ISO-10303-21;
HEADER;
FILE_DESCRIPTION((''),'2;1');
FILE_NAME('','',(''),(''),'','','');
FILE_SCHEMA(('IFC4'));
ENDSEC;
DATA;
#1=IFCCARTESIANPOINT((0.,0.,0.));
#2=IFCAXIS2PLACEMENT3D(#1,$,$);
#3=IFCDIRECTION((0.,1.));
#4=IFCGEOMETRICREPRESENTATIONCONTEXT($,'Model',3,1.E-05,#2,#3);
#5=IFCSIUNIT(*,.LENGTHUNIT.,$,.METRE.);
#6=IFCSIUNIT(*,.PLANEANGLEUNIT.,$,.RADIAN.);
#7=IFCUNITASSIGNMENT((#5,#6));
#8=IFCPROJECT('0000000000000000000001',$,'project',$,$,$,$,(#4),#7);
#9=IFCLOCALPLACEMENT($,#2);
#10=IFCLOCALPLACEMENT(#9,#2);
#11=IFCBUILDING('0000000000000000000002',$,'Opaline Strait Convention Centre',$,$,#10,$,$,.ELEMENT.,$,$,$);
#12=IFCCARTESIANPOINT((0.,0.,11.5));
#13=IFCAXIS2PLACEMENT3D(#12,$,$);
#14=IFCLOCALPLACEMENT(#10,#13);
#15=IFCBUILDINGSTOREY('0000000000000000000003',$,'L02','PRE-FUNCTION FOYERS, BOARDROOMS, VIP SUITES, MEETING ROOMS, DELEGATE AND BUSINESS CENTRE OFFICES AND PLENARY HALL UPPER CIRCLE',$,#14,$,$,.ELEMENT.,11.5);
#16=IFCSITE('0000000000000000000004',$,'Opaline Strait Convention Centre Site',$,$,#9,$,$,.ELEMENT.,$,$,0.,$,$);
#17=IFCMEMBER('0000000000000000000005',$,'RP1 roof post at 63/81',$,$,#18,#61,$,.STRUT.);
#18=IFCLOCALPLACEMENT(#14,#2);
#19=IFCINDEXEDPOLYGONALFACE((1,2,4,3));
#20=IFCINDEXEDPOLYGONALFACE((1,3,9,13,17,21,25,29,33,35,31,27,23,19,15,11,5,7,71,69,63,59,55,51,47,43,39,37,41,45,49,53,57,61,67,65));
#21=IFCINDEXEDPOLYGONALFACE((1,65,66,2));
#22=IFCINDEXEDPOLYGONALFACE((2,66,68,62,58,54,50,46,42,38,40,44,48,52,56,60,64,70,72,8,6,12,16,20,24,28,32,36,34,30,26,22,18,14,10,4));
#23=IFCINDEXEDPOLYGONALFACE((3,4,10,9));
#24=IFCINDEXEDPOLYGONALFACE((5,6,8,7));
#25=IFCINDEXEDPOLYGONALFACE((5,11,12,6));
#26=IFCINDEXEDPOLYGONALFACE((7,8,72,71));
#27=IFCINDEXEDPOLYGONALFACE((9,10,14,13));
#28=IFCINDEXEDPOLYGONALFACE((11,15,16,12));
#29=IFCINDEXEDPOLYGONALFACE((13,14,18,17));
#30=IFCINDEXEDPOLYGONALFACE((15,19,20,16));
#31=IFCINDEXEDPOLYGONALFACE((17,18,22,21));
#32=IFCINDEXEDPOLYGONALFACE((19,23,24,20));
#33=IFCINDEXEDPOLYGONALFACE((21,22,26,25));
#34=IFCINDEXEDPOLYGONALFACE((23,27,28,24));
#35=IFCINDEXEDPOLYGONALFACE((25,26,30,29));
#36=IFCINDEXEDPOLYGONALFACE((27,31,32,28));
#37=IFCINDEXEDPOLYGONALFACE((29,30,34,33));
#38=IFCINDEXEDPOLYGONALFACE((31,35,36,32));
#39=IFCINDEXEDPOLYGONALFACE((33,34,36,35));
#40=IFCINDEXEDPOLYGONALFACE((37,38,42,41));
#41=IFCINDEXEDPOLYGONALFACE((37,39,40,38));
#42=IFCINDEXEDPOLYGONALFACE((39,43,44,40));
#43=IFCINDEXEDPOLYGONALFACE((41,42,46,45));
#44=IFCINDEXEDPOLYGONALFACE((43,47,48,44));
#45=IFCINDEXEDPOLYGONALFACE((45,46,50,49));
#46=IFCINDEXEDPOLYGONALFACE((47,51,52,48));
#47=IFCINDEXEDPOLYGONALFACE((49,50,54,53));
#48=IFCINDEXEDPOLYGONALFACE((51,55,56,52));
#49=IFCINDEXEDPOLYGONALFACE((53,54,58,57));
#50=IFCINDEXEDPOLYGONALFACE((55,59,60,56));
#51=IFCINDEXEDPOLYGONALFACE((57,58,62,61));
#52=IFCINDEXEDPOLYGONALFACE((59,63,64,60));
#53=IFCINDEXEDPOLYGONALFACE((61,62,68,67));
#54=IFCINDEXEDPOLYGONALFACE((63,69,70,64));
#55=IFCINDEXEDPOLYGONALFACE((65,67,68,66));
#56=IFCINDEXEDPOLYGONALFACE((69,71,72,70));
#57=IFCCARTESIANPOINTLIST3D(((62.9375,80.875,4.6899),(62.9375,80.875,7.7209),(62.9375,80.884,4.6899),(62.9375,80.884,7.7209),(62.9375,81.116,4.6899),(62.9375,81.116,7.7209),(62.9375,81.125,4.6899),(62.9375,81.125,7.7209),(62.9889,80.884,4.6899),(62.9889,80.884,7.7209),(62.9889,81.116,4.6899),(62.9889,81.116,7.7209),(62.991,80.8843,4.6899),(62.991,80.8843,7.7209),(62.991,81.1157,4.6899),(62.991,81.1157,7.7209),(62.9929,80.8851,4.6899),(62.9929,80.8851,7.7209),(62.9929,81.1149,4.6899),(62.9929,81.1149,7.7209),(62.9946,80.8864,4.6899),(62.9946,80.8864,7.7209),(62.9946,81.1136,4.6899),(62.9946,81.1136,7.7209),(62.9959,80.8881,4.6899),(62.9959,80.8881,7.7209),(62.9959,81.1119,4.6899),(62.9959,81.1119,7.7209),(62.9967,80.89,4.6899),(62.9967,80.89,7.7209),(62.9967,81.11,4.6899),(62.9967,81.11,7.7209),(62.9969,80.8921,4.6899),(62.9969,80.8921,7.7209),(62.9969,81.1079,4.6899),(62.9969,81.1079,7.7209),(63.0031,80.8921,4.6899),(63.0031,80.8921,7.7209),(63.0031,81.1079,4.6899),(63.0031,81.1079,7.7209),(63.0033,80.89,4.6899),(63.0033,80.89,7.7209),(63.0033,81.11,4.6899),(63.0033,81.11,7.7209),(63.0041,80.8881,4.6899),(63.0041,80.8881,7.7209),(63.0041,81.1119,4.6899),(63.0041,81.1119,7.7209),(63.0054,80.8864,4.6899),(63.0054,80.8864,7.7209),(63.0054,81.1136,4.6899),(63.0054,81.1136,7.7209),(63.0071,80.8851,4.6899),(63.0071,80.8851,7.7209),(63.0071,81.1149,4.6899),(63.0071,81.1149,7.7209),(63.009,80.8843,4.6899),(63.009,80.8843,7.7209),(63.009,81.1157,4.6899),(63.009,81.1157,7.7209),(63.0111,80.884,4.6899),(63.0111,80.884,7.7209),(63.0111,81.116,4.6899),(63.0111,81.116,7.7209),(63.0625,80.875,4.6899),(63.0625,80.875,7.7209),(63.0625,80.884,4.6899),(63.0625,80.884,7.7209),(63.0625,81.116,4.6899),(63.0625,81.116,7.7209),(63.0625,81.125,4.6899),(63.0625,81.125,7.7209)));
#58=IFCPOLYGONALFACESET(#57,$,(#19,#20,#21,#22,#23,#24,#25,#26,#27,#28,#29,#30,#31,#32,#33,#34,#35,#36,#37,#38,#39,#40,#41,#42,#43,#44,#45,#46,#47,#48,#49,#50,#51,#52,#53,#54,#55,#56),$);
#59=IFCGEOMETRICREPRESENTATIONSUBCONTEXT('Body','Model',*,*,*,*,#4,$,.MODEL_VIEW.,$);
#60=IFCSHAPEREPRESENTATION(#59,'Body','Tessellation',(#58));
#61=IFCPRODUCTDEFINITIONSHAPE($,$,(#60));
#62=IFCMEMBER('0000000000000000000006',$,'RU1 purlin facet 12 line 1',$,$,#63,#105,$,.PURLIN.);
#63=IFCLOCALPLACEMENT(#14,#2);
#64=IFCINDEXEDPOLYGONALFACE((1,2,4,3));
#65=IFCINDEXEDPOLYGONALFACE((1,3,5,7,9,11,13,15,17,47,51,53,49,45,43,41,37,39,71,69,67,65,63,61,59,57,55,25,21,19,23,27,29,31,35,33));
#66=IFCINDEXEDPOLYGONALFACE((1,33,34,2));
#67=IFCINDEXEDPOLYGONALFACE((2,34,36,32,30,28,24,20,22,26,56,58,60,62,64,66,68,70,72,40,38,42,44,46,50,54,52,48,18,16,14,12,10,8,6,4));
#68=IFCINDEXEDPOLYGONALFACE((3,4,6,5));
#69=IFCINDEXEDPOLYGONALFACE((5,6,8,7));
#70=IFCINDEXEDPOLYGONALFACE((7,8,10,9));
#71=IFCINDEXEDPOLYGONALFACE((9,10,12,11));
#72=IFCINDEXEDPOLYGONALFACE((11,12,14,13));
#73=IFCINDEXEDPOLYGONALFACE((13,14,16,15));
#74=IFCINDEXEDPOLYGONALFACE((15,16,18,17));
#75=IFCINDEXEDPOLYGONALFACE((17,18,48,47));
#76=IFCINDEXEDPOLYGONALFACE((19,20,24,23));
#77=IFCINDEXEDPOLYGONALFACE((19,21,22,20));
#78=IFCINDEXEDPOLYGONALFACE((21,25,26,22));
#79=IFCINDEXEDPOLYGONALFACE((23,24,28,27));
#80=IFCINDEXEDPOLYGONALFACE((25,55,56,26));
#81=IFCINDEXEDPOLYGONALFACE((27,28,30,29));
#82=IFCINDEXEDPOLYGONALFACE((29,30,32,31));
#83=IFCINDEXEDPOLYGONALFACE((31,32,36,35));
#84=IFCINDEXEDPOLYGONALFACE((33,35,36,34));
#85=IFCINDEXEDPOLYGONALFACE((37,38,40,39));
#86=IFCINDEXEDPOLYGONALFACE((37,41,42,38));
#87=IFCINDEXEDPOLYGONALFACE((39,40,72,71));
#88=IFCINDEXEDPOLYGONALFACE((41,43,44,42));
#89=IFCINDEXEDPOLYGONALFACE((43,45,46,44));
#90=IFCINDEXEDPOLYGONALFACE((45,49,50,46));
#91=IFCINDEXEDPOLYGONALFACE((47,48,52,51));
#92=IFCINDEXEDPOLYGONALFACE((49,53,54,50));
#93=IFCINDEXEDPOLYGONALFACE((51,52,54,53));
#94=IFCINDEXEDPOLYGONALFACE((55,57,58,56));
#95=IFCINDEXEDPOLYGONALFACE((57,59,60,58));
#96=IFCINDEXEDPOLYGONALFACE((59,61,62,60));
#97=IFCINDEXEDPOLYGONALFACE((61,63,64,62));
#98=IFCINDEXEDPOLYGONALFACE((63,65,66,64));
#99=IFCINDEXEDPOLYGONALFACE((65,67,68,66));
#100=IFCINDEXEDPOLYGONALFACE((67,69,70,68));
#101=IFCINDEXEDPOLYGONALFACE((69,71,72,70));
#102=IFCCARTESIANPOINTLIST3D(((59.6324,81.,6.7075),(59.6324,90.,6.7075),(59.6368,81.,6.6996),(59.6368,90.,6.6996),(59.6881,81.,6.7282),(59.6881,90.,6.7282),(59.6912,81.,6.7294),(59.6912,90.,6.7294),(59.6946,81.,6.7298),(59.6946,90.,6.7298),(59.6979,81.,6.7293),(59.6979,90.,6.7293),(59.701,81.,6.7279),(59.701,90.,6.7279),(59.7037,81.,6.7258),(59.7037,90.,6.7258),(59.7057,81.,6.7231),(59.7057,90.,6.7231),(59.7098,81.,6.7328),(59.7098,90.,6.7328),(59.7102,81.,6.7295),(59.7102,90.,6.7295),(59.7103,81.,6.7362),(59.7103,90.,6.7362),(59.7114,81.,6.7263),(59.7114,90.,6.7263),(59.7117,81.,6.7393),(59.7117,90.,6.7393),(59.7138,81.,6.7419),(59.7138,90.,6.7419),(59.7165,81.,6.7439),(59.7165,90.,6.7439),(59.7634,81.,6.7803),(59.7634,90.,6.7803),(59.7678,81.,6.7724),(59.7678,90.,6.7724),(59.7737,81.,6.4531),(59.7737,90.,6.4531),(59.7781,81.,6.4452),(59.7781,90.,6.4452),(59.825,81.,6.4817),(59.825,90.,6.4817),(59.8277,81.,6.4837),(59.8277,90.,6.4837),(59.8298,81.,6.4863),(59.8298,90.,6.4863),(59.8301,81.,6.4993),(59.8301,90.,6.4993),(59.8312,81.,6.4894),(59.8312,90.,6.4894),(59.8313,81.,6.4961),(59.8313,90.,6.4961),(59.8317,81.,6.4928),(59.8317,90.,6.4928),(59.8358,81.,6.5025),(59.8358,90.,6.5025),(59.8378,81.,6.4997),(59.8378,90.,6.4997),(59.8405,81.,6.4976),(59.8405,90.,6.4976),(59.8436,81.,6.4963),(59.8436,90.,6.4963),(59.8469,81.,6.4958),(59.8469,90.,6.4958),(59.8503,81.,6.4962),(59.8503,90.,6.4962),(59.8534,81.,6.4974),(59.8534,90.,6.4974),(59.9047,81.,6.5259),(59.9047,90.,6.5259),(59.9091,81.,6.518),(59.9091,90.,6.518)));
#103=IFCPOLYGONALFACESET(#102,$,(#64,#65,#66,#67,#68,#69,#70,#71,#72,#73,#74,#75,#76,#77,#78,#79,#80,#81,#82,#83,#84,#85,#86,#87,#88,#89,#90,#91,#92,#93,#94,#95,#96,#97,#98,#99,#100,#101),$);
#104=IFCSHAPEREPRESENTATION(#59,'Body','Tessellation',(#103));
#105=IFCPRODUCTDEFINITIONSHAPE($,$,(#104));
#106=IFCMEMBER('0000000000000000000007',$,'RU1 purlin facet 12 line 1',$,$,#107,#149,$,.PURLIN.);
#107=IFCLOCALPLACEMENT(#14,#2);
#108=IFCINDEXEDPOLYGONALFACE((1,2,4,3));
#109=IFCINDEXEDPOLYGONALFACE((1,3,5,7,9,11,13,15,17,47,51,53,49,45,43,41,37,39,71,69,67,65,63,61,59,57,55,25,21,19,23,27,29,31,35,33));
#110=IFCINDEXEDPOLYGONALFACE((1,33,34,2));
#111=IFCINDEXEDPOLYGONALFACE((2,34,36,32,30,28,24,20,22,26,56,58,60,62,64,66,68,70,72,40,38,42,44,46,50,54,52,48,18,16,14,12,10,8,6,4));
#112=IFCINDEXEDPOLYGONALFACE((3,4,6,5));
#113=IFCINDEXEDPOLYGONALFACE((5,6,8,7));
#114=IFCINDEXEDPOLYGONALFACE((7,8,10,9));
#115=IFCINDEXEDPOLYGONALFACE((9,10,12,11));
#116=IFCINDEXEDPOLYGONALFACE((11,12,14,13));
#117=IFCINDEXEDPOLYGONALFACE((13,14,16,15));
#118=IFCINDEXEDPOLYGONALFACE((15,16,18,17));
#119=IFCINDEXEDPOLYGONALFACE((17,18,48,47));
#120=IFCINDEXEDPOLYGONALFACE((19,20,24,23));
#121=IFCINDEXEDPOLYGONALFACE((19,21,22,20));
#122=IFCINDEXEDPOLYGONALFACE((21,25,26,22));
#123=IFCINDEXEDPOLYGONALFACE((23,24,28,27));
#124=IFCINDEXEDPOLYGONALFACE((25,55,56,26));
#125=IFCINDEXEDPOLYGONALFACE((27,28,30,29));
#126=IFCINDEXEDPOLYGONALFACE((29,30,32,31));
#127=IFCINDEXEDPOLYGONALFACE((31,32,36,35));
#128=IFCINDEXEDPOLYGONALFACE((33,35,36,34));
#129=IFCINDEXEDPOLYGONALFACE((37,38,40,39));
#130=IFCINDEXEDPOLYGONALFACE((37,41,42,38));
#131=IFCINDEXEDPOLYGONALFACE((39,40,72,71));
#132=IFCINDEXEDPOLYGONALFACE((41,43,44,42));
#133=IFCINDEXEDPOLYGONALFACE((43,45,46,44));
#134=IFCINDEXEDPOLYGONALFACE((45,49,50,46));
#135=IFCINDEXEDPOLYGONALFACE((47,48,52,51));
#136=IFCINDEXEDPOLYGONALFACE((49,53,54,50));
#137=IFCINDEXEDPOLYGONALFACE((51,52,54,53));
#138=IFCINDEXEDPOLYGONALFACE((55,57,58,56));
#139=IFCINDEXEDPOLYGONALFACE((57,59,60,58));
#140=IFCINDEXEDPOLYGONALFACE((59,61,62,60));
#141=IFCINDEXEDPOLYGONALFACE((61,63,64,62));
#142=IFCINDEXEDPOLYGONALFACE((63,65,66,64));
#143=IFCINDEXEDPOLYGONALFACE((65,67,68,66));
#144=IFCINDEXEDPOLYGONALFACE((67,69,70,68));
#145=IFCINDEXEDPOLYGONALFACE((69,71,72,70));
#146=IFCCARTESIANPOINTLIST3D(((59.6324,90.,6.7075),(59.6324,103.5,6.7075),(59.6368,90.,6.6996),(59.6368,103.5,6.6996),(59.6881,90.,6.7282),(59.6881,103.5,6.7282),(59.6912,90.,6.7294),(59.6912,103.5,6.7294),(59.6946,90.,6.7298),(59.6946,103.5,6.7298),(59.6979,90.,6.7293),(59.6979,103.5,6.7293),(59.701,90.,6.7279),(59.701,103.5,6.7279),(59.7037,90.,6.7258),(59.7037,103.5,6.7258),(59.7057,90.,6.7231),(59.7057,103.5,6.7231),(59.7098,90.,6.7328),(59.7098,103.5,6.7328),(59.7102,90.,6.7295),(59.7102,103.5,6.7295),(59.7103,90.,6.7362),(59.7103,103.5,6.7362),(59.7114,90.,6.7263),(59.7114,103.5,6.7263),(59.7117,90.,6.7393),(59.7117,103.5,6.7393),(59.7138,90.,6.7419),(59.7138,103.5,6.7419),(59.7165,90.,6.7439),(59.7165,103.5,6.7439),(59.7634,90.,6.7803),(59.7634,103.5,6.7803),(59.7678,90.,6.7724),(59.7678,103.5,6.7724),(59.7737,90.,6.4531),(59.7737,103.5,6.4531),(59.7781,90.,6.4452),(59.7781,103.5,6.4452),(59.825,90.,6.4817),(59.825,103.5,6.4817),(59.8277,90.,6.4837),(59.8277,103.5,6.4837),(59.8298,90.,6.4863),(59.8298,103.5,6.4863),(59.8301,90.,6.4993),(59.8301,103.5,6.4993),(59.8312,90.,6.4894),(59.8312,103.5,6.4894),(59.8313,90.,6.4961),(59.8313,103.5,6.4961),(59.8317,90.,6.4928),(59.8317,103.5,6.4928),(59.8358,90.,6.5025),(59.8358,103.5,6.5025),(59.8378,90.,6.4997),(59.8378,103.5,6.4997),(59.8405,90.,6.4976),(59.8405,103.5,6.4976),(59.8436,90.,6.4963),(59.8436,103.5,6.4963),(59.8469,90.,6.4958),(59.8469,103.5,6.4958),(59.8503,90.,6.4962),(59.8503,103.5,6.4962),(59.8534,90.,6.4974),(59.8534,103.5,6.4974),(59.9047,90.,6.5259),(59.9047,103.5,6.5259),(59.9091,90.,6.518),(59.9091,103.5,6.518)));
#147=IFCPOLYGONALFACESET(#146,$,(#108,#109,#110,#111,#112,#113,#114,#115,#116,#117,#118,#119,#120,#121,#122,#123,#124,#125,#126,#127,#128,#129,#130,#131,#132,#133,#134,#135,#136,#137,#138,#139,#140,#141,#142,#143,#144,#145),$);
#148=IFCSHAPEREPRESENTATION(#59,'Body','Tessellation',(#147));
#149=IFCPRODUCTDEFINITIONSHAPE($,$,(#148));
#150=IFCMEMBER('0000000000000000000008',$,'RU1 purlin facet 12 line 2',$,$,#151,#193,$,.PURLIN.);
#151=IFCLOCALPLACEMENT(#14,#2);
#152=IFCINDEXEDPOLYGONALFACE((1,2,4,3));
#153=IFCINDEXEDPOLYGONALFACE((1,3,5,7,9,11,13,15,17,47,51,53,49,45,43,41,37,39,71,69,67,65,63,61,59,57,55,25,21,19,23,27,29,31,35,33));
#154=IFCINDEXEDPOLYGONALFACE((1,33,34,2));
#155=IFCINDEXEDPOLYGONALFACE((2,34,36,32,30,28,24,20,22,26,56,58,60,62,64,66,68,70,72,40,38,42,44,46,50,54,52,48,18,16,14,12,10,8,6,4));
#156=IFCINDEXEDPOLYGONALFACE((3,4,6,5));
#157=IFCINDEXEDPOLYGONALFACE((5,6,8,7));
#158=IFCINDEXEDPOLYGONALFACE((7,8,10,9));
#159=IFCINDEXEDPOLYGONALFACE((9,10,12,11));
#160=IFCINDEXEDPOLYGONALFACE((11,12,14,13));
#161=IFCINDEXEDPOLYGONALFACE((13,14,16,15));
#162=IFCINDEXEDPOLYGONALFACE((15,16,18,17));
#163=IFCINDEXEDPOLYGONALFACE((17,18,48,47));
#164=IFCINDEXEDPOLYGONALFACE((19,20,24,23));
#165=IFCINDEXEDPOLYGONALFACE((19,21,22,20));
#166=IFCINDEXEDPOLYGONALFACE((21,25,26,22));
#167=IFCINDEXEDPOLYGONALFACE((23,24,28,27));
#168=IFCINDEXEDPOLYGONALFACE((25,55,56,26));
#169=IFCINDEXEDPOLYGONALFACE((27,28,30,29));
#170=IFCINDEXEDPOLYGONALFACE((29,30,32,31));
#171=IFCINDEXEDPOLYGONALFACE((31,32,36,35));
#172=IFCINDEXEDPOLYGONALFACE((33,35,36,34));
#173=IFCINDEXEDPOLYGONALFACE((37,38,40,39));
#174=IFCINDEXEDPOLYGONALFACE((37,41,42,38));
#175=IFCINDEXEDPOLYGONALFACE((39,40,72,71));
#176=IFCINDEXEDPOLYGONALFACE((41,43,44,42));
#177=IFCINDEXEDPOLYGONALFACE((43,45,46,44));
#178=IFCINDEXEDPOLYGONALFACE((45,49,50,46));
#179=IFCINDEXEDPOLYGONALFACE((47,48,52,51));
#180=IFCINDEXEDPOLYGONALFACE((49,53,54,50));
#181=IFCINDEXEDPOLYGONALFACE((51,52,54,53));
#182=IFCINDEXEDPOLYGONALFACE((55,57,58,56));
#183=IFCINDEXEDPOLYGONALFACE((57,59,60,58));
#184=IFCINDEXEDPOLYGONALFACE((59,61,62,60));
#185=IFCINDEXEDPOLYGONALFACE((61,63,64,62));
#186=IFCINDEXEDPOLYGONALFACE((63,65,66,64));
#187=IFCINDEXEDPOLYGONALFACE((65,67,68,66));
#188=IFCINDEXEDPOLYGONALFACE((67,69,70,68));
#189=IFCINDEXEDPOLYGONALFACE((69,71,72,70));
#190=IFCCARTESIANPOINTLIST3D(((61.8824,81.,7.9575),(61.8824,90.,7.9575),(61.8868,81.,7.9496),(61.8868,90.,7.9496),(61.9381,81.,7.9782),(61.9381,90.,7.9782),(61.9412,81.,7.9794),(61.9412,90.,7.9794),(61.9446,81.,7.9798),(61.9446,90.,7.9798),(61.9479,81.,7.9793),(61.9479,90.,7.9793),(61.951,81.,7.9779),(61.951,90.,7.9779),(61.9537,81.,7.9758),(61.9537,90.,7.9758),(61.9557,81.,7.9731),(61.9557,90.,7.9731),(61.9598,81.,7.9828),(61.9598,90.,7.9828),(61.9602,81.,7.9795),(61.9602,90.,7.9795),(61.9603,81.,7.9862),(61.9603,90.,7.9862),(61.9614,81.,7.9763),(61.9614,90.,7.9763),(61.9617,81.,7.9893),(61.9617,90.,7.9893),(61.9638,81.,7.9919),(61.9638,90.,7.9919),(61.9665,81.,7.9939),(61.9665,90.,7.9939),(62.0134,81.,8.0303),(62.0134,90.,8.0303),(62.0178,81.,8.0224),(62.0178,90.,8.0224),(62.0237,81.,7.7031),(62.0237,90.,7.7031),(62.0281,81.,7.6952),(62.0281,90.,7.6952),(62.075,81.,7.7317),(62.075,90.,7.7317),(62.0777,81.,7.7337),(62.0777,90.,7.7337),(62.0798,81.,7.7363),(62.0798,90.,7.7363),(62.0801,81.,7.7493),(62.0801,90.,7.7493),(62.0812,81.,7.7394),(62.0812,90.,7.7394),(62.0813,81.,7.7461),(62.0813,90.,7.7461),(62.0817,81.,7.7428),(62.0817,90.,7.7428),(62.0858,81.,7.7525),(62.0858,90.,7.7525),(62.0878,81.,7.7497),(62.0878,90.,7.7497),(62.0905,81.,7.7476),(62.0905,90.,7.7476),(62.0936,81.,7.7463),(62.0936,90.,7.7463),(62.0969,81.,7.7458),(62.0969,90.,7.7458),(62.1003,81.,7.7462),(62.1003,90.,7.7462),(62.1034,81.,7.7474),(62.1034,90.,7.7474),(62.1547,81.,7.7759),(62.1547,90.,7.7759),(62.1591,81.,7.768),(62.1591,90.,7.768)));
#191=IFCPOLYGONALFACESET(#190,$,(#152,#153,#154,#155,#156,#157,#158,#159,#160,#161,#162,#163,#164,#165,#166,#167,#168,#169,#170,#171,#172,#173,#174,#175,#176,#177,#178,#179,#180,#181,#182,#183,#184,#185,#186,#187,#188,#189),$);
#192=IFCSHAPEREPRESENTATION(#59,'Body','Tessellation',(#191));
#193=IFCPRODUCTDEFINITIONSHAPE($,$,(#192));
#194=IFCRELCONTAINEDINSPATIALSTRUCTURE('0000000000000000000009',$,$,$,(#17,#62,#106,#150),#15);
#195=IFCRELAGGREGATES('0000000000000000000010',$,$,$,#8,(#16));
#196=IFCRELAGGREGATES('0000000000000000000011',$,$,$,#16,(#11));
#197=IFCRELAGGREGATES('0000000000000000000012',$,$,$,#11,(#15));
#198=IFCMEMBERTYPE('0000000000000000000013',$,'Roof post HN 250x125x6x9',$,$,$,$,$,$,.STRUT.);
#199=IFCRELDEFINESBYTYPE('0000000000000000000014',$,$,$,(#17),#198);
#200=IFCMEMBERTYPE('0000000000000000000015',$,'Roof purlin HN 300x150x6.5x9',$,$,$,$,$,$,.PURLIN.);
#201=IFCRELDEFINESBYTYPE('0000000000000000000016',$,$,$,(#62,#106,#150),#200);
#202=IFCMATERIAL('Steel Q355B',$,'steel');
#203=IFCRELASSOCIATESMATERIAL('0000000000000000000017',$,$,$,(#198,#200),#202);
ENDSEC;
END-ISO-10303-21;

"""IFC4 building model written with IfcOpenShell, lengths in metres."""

from ifc_helpers import new_model, si_unit, direction, frame, origin, origin_2d, place, context, subcontext, project, spatial, i_section, extrude, material, material_profile, profile_set, type_object, element, save


model = new_model("IFC4")

# Units and contexts
model_context = context("Model", 3, precision=1e-05, world=origin(), true_north=direction((0.0, 1.0)))
body_context = subcontext(model_context, "Body", "Model", "MODEL_VIEW")
ifc_project = project(units=[si_unit("LENGTHUNIT", "METRE"), si_unit("PLANEANGLEUNIT", "RADIAN")], contexts=[model_context])

# Site, building, storey
site_placement = place(None, origin())
site = spatial("IfcSite", under=ifc_project, at=site_placement, Name="Opaline Strait Convention Centre Site", CompositionType="ELEMENT", RefElevation=0.0)
building_placement = place(site_placement, origin())
building = spatial("IfcBuilding", under=site, at=building_placement, Name="Opaline Strait Convention Centre", CompositionType="ELEMENT")
storey_placement = place(building_placement, frame((0.0, 0.0, 11.5)))
storey = spatial("IfcBuildingStorey", under=building, at=storey_placement, Name="L02", Description="PRE-FUNCTION FOYERS, BOARDROOMS, VIP SUITES, MEETING ROOMS, DELEGATE AND BUSINESS CENTRE OFFICES AND PLENARY HALL UPPER CIRCLE", CompositionType="ELEMENT", Elevation=11.5)

# Shared definitions
ifc_material_1 = material(Name="Steel Q355B", Category="steel")

# Members
ifc_material_profile_1 = material_profile(ifc_material_1, i_section(OverallWidth=0.125, OverallDepth=0.25, WebThickness=0.0061, FlangeThickness=0.009, FilletRadius=0.0081, at=origin_2d()), Name="HN 250x125x6x9")
ifc_profile_set_1 = profile_set([ifc_material_profile_1], Name="Steel Q355B")
member_type_1 = type_object("IfcMemberType", Name="Roof post HN 250x125x6x9", PredefinedType="STRUT", material=ifc_profile_set_1)
member_1_placement = place(storey_placement, frame((63.0, 81.0, 4.6899), z_axis=(0.0, 0.0, 1.0), x_axis=(1.0, 0.0, 0.0)))
element("IfcMember", 1, at=member_1_placement, inside=storey, type_object=member_type_1, Name="RP1 roof post at 63/81", PredefinedType="STRUT", context=body_context, shape_type="SweptSolid", body=[
    extrude(i_section(OverallWidth=0.125, OverallDepth=0.25, WebThickness=0.0061, FlangeThickness=0.009, FilletRadius=0.0081, at=origin_2d()), origin(), (0.0, 0.0, 1.0), 3.031),
])
ifc_material_profile_2 = material_profile(ifc_material_1, i_section(OverallWidth=0.1499, OverallDepth=0.3, WebThickness=0.0066, FlangeThickness=0.009, FilletRadius=0.0129, at=origin_2d()), Name="HN 300x150x6.5x9")
ifc_profile_set_2 = profile_set([ifc_material_profile_2], Name="Steel Q355B")
member_type_2 = type_object("IfcMemberType", Name="Roof purlin HN 300x150x6.5x9", PredefinedType="PURLIN", material=ifc_profile_set_2)
member_2_placement = place(storey_placement, frame((59.7708, 81.0, 6.6128), z_axis=(0.0, 1.0, 0.0), x_axis=(-0.874157, 0.0, -0.485643)))
element("IfcMember", 2, at=member_2_placement, inside=storey, type_object=member_type_2, Name="RU1 purlin facet 12 line 1", PredefinedType="PURLIN", context=body_context, shape_type="SweptSolid", body=[
    extrude(i_section(OverallWidth=0.1499, OverallDepth=0.3, WebThickness=0.0066, FlangeThickness=0.009, FilletRadius=0.0129, at=origin_2d()), origin(), (0.0, 0.0, 1.0), 9.0),
])
member_3_placement = place(storey_placement, frame((59.7708, 90.0, 6.6128), z_axis=(0.0, 1.0, 0.0), x_axis=(-0.874157, 0.0, -0.485643)))
element("IfcMember", 3, at=member_3_placement, inside=storey, type_object=member_type_2, Name="RU1 purlin facet 12 line 1", PredefinedType="PURLIN", context=body_context, shape_type="SweptSolid", body=[
    extrude(i_section(OverallWidth=0.1499, OverallDepth=0.3, WebThickness=0.0066, FlangeThickness=0.009, FilletRadius=0.0129, at=origin_2d()), origin(), (0.0, 0.0, 1.0), 13.5),
])
member_4_placement = place(storey_placement, frame((62.0208, 81.0, 7.8628), z_axis=(0.0, 1.0, 0.0), x_axis=(-0.874157, 0.0, -0.485643)))
element("IfcMember", 4, at=member_4_placement, inside=storey, type_object=member_type_2, Name="RU1 purlin facet 12 line 2", PredefinedType="PURLIN", context=body_context, shape_type="SweptSolid", body=[
    extrude(i_section(OverallWidth=0.1499, OverallDepth=0.3, WebThickness=0.0066, FlangeThickness=0.009, FilletRadius=0.0129, at=origin_2d()), origin(), (0.0, 0.0, 1.0), 9.0),
])

save(model, "model.ifc")
